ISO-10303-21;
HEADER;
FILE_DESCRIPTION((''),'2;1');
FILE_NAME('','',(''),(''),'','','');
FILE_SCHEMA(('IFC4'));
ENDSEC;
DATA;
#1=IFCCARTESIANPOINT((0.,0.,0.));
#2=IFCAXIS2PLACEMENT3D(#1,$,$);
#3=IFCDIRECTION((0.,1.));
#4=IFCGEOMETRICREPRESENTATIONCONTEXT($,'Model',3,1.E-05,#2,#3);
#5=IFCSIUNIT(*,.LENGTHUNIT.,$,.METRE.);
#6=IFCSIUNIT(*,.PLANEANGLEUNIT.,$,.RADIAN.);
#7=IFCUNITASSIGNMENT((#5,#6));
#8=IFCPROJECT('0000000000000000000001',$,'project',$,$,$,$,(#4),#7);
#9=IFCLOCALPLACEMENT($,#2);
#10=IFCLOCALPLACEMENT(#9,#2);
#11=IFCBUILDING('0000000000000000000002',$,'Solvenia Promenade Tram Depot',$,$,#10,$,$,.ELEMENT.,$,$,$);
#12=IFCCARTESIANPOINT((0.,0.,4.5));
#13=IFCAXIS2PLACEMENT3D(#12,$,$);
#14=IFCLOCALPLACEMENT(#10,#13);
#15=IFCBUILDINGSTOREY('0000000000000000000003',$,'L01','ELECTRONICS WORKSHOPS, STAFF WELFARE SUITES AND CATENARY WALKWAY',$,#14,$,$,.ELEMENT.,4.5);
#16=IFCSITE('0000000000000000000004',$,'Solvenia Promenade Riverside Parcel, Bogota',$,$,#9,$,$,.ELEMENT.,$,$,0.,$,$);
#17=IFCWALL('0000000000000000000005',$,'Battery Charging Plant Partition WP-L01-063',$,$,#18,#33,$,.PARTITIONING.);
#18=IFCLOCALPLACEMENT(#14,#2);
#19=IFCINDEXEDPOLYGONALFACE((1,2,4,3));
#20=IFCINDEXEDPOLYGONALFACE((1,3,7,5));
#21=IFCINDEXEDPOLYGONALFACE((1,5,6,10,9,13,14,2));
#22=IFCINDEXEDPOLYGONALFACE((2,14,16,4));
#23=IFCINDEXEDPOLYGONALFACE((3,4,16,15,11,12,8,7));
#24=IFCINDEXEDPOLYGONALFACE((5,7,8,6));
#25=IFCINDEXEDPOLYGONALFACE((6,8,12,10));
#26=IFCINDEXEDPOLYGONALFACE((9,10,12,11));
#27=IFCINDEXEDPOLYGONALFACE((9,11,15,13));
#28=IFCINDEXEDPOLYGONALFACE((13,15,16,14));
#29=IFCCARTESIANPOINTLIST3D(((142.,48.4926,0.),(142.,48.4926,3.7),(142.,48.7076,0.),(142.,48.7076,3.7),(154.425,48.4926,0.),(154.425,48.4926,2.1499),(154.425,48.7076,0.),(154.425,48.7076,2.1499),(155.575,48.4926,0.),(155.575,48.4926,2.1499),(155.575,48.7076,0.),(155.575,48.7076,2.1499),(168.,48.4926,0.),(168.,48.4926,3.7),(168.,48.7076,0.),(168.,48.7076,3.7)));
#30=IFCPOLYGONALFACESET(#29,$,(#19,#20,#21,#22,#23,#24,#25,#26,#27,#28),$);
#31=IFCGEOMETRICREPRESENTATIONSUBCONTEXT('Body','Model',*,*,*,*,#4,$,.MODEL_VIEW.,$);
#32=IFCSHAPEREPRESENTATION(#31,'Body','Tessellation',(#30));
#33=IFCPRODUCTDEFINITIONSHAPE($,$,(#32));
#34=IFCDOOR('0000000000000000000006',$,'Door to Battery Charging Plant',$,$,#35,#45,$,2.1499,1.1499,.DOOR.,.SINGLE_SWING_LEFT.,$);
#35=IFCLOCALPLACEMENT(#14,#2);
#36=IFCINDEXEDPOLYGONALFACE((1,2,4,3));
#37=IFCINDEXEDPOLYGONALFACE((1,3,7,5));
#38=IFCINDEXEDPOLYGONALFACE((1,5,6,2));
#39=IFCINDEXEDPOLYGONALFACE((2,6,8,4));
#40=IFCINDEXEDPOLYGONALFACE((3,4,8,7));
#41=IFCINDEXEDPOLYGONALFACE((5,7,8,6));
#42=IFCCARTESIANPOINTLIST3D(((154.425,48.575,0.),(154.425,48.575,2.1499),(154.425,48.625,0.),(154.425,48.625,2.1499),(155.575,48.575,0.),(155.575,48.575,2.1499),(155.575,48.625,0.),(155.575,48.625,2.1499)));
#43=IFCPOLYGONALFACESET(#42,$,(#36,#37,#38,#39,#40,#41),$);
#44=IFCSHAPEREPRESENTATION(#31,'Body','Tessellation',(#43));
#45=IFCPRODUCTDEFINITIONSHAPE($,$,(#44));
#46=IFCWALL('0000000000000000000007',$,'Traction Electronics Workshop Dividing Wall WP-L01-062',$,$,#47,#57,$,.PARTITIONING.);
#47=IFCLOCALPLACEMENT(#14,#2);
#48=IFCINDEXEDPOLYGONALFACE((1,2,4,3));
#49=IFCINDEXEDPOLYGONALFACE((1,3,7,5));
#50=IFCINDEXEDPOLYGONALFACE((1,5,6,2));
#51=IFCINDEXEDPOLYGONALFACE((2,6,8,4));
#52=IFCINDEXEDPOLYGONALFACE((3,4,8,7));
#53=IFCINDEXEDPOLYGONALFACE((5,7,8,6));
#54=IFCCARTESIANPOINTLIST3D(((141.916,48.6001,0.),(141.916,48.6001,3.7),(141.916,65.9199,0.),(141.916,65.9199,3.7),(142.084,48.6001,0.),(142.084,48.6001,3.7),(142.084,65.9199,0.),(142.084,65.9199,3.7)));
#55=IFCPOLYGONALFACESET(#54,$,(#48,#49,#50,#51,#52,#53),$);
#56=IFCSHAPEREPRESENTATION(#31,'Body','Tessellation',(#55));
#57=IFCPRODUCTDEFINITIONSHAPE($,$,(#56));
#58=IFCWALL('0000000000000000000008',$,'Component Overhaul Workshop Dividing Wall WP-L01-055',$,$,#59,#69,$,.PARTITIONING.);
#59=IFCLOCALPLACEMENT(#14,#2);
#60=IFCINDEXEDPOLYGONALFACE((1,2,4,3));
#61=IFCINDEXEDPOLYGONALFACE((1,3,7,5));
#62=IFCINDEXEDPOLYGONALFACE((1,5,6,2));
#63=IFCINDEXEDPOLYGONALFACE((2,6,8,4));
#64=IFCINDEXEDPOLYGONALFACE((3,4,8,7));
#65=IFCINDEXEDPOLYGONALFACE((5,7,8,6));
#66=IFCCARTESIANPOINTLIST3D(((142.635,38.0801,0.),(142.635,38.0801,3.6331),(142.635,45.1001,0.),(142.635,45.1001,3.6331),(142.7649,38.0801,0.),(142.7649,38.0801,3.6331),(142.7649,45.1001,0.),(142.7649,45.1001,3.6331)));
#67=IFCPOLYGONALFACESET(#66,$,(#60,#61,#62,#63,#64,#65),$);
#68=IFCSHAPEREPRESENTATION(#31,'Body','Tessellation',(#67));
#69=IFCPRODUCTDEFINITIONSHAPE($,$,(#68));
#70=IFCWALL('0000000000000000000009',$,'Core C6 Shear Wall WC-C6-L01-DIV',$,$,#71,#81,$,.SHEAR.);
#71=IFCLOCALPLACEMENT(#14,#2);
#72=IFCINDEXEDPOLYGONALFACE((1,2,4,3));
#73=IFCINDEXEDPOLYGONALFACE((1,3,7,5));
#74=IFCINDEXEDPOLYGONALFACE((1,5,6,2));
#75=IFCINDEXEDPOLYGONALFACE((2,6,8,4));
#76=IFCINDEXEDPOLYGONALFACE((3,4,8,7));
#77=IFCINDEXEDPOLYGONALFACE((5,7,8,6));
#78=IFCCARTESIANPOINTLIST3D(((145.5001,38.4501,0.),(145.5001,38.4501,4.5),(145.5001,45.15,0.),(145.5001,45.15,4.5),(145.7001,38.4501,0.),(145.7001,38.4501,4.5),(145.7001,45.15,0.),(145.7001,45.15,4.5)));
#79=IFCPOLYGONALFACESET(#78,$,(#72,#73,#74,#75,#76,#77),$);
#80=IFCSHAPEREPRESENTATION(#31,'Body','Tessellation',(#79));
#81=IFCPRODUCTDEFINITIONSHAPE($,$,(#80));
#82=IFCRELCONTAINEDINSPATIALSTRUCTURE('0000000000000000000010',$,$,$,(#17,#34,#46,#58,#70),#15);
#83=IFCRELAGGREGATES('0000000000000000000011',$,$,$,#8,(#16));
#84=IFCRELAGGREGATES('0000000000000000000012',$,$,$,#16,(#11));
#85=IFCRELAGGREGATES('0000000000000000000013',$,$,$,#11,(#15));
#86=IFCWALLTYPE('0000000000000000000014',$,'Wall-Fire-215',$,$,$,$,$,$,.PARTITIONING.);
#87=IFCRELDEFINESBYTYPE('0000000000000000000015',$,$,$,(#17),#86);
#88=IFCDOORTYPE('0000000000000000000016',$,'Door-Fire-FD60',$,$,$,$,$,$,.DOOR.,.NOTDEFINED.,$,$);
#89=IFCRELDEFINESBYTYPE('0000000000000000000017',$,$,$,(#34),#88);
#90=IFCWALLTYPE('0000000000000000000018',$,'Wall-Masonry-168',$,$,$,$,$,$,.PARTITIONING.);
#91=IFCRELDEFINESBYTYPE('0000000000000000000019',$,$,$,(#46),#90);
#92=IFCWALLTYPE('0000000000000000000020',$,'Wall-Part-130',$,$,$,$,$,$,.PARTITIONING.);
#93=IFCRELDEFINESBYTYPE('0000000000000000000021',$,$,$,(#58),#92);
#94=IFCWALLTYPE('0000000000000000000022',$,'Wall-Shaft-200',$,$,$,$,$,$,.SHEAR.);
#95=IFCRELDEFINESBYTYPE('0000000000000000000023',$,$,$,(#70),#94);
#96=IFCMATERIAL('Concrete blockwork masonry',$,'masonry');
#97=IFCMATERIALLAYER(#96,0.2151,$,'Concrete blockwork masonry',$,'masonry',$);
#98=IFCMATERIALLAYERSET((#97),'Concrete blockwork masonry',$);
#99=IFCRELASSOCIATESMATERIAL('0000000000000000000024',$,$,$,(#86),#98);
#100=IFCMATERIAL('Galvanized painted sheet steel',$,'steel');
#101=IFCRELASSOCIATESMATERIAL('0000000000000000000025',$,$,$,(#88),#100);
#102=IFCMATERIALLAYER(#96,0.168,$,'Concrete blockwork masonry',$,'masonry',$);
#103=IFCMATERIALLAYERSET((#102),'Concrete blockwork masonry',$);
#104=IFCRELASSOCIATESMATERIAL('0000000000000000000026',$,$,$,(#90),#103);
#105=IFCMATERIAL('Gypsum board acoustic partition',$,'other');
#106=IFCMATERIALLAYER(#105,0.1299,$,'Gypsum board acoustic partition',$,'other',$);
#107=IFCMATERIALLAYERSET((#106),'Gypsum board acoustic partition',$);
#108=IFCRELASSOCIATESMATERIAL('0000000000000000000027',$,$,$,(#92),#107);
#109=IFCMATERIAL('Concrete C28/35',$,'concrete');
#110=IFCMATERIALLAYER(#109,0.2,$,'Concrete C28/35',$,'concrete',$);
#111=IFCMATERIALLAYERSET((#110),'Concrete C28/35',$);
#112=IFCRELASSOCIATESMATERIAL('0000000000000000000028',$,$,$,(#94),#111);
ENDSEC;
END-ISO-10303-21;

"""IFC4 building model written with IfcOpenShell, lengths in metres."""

from ifc_helpers import new_model, si_unit, direction, frame, frame_2d, origin, place, context, subcontext, project, spatial, rectangle, extrude, material, layer, layer_set, type_object, element, fill, save


model = new_model("IFC4")

# Units and contexts
model_context = context("Model", 3, precision=1e-05, world=origin(), true_north=direction((0.0, 1.0)))
body_context = subcontext(model_context, "Body", "Model", "MODEL_VIEW")
ifc_project = project(units=[si_unit("LENGTHUNIT", "METRE"), si_unit("PLANEANGLEUNIT", "RADIAN")], contexts=[model_context])

# Site, building, storey
site_placement = place(None, origin())
site = spatial("IfcSite", under=ifc_project, at=site_placement, Name="Solvenia Promenade Riverside Parcel, Bogota", CompositionType="ELEMENT", RefElevation=0.0)
building_placement = place(site_placement, origin())
building = spatial("IfcBuilding", under=site, at=building_placement, Name="Solvenia Promenade Tram Depot", CompositionType="ELEMENT")
storey_placement = place(building_placement, frame((0.0, 0.0, 4.5)))
storey = spatial("IfcBuildingStorey", under=building, at=storey_placement, Name="L01", Description="ELECTRONICS WORKSHOPS, STAFF WELFARE SUITES AND CATENARY WALKWAY", CompositionType="ELEMENT", Elevation=4.5)

# Shared definitions
ifc_material_1 = material(Name="Concrete C28/35", Category="concrete")

# Shared definitions
ifc_material_2 = material(Name="Galvanized painted sheet steel", Category="steel")

# Wall, opening, door
ifc_material_3 = material(Name="Concrete blockwork masonry", Category="masonry")
ifc_layer_1 = layer(ifc_material_3, 0.2151, Name="Concrete blockwork masonry", Category="masonry")
ifc_layer_set_1 = layer_set([ifc_layer_1], Name="Concrete blockwork masonry")
wall_type_1 = type_object("IfcWallType", Name="Wall-Fire-215", PredefinedType="PARTITIONING", material=ifc_layer_set_1)
wall_1_placement = place(storey_placement, frame((142.0, 48.6001, 0.0), z_axis=(0.0, 0.0, 1.0), x_axis=(1.0, 0.0, 0.0)))
wall_1 = element("IfcWall", 1, at=wall_1_placement, inside=storey, type_object=wall_type_1, Name="Battery Charging Plant Partition WP-L01-063", PredefinedType="PARTITIONING", context=body_context, shape_type="SweptSolid", body=[
    extrude(rectangle(XDim=26.0, YDim=0.2151, at=frame_2d((13.0, 0.0))), origin(), (0.0, 0.0, 1.0), 3.7),
])
opening_1_placement = place(wall_1_placement, frame((12.425, 0.0, 0.0)))
opening_1 = element("IfcOpeningElement", 2, at=opening_1_placement, cuts=wall_1, PredefinedType="OPENING", context=body_context, shape_type="SweptSolid", body=[
    extrude(rectangle(XDim=1.1499, YDim=2.1499, at=frame_2d((0.575, 1.075))), frame((0.0, 0.1174, 0.0), z_axis=(0.0, -1.0, 0.0), x_axis=(1.0, 0.0, 0.0)), (0.0, 0.0, 1.0), 0.2351),
])
door_type_1 = type_object("IfcDoorType", Name="Door-Fire-FD60", OperationType="NOTDEFINED", PredefinedType="DOOR", material=ifc_material_2)
door_1_placement = place(opening_1_placement, origin())
door_1 = element("IfcDoor", 3, at=door_1_placement, inside=storey, type_object=door_type_1, Name="Door to Battery Charging Plant", OperationType="SINGLE_SWING_LEFT", OverallHeight=2.1499, OverallWidth=1.1499, PredefinedType="DOOR", context=body_context, shape_type="SweptSolid", body=[
    extrude(rectangle(XDim=1.1499, YDim=2.1499, at=frame_2d((0.575, 1.075))), frame((0.0, 0.0249, 0.0), z_axis=(0.0, -1.0, 0.0), x_axis=(1.0, 0.0, 0.0)), (0.0, 0.0, 1.0), 0.05),
])
fill(opening_1, door_1)

# Walls
ifc_layer_2 = layer(ifc_material_3, 0.168, Name="Concrete blockwork masonry", Category="masonry")
ifc_layer_set_2 = layer_set([ifc_layer_2], Name="Concrete blockwork masonry")
wall_type_2 = type_object("IfcWallType", Name="Wall-Masonry-168", PredefinedType="PARTITIONING", material=ifc_layer_set_2)
wall_2_placement = place(storey_placement, frame((142.0, 48.6001, 0.0), z_axis=(0.0, 0.0, 1.0), x_axis=(0.0, 1.0, 0.0)))
element("IfcWall", 4, at=wall_2_placement, inside=storey, type_object=wall_type_2, Name="Traction Electronics Workshop Dividing Wall WP-L01-062", PredefinedType="PARTITIONING", context=body_context, shape_type="SweptSolid", body=[
    extrude(rectangle(XDim=17.3198, YDim=0.168, at=frame_2d((8.6599, 0.0))), origin(), (0.0, 0.0, 1.0), 3.7),
])
ifc_material_4 = material(Name="Gypsum board acoustic partition", Category="other")
ifc_layer_3 = layer(ifc_material_4, 0.1299, Name="Gypsum board acoustic partition", Category="other")
ifc_layer_set_3 = layer_set([ifc_layer_3], Name="Gypsum board acoustic partition")
wall_type_3 = type_object("IfcWallType", Name="Wall-Part-130", PredefinedType="PARTITIONING", material=ifc_layer_set_3)
wall_3_placement = place(storey_placement, frame((142.7, 38.0801, 0.0), z_axis=(0.0, 0.0, 1.0), x_axis=(0.0, 1.0, 0.0)))
element("IfcWall", 5, at=wall_3_placement, inside=storey, type_object=wall_type_3, Name="Component Overhaul Workshop Dividing Wall WP-L01-055", PredefinedType="PARTITIONING", context=body_context, shape_type="SweptSolid", body=[
    extrude(rectangle(XDim=7.02, YDim=0.1299, at=frame_2d((3.51, 0.0))), origin(), (0.0, 0.0, 1.0), 3.6331),
])
ifc_layer_4 = layer(ifc_material_1, 0.2, Name="Concrete C28/35", Category="concrete")
ifc_layer_set_4 = layer_set([ifc_layer_4], Name="Concrete C28/35")
wall_type_4 = type_object("IfcWallType", Name="Wall-Shaft-200", PredefinedType="SHEAR", material=ifc_layer_set_4)
wall_4_placement = place(storey_placement, frame((145.6001, 38.45, 0.0), z_axis=(0.0, 0.0, 1.0), x_axis=(0.0, 1.0, 0.0)))
element("IfcWall", 6, at=wall_4_placement, inside=storey, type_object=wall_type_4, Name="Core C6 Shear Wall WC-C6-L01-DIV", PredefinedType="SHEAR", context=body_context, shape_type="SweptSolid", body=[
    extrude(rectangle(XDim=6.7, YDim=0.2, at=frame_2d((3.3501, 0.0))), origin(), (0.0, 0.0, 1.0), 4.5),
])

save(model, "model.ifc")
